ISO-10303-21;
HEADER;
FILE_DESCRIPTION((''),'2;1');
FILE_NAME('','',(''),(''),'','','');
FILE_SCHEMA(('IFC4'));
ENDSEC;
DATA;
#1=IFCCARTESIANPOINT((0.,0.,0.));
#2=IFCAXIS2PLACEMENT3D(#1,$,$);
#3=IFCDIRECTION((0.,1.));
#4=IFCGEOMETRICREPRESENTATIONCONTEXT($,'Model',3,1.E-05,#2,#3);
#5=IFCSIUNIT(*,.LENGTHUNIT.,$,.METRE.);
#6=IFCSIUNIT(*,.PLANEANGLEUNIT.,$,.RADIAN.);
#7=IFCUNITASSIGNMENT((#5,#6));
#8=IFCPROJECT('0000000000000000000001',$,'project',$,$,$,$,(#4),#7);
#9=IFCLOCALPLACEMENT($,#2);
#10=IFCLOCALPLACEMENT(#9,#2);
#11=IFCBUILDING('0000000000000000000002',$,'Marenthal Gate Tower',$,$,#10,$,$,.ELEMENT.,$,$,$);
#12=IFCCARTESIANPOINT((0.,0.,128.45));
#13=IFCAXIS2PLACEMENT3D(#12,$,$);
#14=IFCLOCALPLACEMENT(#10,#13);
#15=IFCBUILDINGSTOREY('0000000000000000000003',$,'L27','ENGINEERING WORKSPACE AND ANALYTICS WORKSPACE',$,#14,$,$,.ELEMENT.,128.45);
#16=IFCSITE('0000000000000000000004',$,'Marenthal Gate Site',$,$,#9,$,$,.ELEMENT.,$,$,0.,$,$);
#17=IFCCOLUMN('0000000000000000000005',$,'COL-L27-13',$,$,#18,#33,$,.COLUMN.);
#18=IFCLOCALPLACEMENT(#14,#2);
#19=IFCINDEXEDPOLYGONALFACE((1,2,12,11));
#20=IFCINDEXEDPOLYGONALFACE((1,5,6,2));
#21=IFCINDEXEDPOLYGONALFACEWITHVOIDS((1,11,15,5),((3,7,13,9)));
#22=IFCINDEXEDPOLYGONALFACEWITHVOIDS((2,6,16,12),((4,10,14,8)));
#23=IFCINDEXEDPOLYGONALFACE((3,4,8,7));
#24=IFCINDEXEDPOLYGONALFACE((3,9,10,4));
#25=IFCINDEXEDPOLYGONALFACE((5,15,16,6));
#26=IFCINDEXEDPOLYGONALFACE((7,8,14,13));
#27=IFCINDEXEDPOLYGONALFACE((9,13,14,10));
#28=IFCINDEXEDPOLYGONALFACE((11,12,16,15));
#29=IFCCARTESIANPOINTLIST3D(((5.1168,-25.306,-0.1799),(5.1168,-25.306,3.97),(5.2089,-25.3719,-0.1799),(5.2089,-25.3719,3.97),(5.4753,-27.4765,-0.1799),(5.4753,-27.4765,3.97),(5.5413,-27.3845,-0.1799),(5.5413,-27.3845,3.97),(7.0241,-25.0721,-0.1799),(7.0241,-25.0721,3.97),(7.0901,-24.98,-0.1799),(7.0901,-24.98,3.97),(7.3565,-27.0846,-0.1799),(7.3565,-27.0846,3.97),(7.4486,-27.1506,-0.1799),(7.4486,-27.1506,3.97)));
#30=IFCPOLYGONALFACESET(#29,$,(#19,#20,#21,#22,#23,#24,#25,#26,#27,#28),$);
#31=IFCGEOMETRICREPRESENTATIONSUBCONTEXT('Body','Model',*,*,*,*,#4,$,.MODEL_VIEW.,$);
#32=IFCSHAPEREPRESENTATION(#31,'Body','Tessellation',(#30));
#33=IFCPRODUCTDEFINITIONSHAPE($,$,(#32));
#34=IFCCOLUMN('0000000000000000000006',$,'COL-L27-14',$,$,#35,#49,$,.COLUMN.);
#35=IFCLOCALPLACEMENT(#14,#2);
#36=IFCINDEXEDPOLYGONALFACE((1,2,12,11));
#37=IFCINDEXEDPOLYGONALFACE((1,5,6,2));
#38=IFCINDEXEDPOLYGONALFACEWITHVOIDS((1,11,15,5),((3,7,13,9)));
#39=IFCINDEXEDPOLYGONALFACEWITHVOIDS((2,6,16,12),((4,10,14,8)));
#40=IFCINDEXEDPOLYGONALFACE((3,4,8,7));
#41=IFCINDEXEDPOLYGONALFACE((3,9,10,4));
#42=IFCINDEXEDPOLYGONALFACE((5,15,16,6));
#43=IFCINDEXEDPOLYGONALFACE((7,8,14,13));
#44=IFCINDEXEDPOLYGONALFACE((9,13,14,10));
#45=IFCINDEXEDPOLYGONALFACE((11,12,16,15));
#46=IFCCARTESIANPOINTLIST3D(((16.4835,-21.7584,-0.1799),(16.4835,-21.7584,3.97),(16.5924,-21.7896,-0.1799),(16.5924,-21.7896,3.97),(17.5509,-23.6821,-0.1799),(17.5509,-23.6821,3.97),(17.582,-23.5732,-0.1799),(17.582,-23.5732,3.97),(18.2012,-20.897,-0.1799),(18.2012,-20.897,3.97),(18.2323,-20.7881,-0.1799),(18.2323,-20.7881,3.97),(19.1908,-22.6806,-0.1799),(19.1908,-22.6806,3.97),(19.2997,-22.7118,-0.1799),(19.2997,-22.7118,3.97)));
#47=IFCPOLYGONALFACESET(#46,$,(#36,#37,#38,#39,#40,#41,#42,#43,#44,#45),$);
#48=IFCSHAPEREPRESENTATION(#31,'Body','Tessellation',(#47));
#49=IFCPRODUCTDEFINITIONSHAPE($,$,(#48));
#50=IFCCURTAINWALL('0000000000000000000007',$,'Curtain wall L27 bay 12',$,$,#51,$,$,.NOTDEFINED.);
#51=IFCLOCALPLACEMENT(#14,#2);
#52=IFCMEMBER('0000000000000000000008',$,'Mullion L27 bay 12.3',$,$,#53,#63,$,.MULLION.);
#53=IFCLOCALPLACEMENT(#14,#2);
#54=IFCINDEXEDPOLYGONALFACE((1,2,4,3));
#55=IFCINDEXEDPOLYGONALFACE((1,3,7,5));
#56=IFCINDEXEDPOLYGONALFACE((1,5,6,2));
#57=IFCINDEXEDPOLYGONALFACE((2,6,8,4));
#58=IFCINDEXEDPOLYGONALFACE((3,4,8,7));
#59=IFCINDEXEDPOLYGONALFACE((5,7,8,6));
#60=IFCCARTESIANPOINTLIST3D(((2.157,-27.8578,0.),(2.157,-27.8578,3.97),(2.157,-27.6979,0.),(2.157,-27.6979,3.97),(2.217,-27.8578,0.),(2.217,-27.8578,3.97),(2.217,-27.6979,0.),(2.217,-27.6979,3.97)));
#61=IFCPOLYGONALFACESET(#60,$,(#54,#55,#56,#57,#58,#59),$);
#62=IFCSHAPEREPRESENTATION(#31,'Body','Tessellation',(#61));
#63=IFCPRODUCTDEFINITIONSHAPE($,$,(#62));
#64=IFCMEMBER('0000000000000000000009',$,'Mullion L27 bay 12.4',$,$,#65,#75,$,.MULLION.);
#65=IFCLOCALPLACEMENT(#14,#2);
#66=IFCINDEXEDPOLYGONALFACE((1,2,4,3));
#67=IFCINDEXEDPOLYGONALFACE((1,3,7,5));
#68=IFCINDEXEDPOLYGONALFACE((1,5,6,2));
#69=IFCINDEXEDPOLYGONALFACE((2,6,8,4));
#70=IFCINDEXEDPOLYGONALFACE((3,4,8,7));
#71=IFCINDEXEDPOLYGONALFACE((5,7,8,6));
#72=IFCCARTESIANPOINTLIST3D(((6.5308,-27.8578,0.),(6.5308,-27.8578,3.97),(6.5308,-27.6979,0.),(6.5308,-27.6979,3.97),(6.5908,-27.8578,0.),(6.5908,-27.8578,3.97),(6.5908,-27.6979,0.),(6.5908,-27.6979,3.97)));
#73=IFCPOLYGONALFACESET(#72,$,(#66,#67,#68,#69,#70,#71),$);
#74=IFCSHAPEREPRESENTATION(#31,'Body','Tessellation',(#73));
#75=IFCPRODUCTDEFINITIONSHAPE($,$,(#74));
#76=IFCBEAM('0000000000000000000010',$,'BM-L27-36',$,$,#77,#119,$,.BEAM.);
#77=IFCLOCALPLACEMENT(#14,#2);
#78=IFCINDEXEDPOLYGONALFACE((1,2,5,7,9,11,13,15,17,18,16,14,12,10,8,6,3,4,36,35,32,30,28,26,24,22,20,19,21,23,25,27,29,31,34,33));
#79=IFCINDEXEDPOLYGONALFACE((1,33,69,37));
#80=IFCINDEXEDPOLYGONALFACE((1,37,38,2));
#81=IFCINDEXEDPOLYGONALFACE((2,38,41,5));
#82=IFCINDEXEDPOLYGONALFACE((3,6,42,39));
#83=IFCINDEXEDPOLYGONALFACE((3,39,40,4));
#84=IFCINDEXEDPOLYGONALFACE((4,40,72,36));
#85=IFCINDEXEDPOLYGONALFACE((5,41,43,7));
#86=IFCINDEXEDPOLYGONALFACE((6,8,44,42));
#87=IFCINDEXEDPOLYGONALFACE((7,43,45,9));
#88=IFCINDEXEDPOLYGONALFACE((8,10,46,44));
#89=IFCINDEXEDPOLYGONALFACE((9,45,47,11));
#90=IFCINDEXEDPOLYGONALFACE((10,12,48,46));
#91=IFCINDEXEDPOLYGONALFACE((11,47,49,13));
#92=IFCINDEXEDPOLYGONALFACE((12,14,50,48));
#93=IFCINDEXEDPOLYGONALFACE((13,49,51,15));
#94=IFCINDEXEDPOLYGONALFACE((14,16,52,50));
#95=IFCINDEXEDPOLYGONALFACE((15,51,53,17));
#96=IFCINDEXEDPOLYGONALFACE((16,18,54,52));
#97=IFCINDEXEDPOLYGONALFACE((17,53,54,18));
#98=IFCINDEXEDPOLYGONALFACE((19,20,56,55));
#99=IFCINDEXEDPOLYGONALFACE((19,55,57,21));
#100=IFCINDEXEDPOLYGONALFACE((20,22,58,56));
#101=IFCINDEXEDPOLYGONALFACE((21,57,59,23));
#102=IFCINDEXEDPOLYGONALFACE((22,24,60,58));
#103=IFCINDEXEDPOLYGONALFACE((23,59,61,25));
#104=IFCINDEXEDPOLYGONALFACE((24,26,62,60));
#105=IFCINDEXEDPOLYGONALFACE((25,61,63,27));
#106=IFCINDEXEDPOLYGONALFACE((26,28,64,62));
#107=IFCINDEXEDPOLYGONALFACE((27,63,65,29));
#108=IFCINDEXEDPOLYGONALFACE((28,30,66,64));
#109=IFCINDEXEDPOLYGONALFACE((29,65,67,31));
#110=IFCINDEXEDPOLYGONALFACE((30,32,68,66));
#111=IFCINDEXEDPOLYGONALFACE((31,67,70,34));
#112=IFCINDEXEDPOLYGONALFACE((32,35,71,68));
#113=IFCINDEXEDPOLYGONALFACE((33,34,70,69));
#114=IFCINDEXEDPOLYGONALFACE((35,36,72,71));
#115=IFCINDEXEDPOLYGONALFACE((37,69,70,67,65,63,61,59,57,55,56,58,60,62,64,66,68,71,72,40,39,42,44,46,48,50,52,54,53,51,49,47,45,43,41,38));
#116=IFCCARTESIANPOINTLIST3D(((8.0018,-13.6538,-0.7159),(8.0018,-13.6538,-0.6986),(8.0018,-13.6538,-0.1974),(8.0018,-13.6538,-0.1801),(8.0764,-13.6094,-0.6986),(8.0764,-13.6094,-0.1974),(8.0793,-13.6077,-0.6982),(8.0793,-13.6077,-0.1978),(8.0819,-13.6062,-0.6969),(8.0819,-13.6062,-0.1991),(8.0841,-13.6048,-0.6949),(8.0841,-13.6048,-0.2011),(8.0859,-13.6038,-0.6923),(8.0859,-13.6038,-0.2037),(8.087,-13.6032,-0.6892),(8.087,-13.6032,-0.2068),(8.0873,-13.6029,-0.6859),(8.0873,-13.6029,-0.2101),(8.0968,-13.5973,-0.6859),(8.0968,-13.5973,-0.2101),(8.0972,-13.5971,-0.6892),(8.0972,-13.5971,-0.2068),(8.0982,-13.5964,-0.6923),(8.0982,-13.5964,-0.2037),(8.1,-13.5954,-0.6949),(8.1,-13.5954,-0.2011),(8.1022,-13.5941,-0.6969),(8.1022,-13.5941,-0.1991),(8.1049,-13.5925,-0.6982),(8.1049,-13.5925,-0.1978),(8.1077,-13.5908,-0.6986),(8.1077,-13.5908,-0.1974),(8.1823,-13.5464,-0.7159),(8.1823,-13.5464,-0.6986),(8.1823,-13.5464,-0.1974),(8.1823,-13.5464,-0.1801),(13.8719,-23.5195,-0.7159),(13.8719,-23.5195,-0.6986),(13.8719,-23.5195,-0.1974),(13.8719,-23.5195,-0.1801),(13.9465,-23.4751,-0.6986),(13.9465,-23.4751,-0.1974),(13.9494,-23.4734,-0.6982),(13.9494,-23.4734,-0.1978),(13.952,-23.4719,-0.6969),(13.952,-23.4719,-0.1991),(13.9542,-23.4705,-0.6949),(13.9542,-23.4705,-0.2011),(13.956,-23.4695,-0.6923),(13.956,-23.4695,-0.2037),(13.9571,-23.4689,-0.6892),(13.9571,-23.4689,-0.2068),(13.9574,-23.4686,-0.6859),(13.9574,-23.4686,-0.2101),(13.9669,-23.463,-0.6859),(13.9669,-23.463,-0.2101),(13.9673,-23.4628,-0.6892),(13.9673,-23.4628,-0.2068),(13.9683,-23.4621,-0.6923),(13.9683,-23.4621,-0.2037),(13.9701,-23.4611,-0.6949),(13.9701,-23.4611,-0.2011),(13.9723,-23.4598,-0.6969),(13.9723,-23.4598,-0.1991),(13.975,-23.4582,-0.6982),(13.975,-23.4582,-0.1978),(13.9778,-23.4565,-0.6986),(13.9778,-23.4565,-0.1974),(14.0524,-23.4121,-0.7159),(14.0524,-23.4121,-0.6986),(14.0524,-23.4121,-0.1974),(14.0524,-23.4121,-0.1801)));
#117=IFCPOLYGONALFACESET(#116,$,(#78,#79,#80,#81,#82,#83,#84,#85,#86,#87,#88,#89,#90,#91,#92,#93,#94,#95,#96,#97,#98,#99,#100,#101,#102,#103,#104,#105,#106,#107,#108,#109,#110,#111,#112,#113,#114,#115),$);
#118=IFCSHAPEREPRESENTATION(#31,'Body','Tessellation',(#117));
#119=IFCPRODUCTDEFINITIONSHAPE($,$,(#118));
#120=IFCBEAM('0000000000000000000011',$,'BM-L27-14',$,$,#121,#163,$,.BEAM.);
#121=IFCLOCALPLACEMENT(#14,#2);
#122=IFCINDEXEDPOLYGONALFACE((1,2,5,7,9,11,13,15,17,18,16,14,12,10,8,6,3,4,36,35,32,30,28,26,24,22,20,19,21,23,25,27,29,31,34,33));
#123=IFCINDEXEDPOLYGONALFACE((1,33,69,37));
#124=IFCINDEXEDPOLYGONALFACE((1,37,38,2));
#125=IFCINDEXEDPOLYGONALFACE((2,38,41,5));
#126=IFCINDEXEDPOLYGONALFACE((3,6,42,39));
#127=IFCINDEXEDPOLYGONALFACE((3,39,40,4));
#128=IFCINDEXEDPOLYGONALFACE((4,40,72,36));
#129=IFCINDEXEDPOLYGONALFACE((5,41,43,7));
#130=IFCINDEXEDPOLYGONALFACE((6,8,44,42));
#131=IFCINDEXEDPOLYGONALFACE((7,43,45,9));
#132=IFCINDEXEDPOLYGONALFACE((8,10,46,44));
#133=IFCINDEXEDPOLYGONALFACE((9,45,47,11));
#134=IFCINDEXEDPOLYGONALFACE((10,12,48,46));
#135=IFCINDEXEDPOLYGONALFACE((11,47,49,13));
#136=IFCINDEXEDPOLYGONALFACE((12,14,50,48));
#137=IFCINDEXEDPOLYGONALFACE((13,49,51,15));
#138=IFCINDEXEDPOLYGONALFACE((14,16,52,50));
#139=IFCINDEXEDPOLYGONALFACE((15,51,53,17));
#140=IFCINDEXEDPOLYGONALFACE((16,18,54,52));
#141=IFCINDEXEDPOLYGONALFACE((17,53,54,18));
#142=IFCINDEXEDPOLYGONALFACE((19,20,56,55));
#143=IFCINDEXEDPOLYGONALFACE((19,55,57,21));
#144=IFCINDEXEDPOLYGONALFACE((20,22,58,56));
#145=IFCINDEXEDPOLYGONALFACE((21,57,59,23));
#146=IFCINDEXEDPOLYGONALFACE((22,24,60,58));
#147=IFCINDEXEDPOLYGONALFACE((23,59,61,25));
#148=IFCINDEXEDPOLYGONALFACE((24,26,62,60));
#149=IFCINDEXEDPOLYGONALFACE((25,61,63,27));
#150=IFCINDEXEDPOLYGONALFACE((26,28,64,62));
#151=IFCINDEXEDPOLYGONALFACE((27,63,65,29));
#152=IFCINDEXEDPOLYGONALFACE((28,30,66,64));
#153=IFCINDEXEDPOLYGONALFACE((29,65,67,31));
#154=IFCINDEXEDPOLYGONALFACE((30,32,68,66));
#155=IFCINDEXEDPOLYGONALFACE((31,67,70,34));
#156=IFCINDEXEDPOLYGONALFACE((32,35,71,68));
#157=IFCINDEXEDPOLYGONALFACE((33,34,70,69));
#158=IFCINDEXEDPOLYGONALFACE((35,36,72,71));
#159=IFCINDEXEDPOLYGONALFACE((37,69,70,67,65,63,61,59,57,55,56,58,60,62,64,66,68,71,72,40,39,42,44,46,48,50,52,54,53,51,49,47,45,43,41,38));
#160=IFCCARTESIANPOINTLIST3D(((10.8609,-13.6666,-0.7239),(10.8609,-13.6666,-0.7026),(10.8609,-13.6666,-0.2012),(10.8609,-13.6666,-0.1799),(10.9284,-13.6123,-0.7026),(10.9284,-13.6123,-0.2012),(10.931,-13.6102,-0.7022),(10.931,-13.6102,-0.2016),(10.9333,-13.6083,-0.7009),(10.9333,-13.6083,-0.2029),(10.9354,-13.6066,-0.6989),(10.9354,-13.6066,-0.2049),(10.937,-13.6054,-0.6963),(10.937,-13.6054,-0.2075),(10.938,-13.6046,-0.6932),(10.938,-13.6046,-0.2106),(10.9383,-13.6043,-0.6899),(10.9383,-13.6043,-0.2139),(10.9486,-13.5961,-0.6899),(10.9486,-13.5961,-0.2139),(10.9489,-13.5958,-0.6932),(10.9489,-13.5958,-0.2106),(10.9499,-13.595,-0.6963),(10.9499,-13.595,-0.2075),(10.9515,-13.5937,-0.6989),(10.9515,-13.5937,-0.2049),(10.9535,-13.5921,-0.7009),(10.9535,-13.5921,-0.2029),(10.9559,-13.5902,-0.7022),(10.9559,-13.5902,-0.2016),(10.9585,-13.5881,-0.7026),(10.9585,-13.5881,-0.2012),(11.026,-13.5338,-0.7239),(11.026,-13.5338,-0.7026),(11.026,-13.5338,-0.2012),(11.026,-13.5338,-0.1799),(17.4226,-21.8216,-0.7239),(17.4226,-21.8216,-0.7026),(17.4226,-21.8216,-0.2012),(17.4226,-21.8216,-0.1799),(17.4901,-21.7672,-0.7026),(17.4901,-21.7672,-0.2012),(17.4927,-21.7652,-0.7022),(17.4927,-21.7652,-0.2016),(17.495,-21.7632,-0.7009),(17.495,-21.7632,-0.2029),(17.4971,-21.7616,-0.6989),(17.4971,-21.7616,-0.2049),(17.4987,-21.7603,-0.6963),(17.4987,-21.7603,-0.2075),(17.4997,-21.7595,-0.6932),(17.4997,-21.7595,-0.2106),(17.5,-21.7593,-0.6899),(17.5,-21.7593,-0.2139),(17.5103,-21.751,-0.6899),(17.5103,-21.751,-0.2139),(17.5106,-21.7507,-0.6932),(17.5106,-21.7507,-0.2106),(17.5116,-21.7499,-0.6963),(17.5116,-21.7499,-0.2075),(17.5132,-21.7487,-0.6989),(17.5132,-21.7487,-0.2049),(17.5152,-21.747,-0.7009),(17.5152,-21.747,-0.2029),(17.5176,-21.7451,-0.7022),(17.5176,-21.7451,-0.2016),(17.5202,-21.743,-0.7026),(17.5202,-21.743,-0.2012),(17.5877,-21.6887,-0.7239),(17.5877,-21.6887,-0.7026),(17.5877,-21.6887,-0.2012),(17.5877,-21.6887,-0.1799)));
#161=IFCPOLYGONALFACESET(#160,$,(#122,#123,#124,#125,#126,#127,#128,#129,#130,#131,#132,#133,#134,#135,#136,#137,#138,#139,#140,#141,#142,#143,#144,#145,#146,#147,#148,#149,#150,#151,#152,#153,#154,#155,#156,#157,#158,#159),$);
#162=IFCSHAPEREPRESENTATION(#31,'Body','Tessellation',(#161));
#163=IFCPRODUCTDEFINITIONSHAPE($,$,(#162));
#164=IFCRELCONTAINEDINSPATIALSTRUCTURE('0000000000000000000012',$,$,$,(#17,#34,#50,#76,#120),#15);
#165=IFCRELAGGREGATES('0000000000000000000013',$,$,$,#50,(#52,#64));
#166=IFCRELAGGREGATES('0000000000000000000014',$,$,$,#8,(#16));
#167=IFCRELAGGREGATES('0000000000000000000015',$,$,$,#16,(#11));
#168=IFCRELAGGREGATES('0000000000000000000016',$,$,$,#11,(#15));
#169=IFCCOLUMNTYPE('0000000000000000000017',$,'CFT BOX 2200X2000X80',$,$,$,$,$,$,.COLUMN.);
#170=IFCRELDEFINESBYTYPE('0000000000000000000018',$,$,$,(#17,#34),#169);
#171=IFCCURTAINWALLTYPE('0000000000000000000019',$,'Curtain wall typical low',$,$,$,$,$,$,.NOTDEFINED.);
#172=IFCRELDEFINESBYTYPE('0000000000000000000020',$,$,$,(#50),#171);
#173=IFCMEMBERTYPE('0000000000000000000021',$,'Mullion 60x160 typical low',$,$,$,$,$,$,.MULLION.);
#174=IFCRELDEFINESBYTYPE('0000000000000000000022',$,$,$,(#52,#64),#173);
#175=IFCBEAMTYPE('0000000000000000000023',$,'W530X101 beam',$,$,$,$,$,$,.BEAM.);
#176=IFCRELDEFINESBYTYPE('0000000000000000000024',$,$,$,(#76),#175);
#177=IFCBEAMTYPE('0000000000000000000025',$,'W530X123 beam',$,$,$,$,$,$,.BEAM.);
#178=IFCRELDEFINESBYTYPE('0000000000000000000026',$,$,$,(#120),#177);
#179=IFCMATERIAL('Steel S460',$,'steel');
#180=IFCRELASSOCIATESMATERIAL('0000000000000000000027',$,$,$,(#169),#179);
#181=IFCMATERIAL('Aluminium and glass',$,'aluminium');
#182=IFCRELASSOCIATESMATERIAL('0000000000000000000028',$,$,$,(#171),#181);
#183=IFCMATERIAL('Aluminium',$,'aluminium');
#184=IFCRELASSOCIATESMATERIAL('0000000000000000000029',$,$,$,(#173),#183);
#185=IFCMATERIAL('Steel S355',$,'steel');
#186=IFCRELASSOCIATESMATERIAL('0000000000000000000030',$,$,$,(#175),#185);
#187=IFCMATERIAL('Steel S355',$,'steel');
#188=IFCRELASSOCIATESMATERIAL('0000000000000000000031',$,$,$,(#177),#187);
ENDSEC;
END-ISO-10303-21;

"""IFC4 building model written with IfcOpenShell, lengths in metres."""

from ifc_helpers import new_model, si_unit, direction, frame, origin, origin_2d, place, context, subcontext, project, spatial, rectangle, hollow_rectangle, i_section, extrude, material, material_profile, profile_set, type_object, element, aggregate, save


model = new_model("IFC4")

# Units and contexts
model_context = context("Model", 3, precision=1e-05, world=origin(), true_north=direction((0.0, 1.0)))
body_context = subcontext(model_context, "Body", "Model", "MODEL_VIEW")
ifc_project = project(units=[si_unit("LENGTHUNIT", "METRE"), si_unit("PLANEANGLEUNIT", "RADIAN")], contexts=[model_context])

# Site, building, storey
site_placement = place(None, origin())
site = spatial("IfcSite", under=ifc_project, at=site_placement, Name="Marenthal Gate Site", CompositionType="ELEMENT", RefElevation=0.0)
building_placement = place(site_placement, origin())
building = spatial("IfcBuilding", under=site, at=building_placement, Name="Marenthal Gate Tower", CompositionType="ELEMENT")
storey_placement = place(building_placement, frame((0.0, 0.0, 128.45)))
storey = spatial("IfcBuildingStorey", under=building, at=storey_placement, Name="L27", Description="ENGINEERING WORKSPACE AND ANALYTICS WORKSPACE", CompositionType="ELEMENT", Elevation=128.45)

# Columns
ifc_material_1 = material(Name="Steel S460", Category="steel")
ifc_material_profile_1 = material_profile(ifc_material_1, hollow_rectangle(XDim=2.0, YDim=2.2, WallThickness=0.0801, at=origin_2d()), Name="CFT BOX 2200X2000X80")
ifc_material_2 = material(Name="Concrete 70 MPa", Category="concrete")
ifc_material_profile_2 = material_profile(ifc_material_2, rectangle(XDim=1.8401, YDim=2.04, at=origin_2d()), Name="CFT BOX 2200X2000X80 INFILL")
ifc_profile_set_1 = profile_set([ifc_material_profile_1, ifc_material_profile_2], Name="Steel S460 shell, Concrete 70 MPa infill")
column_type = type_object("IfcColumnType", Name="CFT BOX 2200X2000X80", PredefinedType="COLUMN", material=ifc_profile_set_1)
for number, where, z_axis, x_axis, name in (
    (1, (6.2827, -26.2283, -0.1799), (0.0, 0.0, 1.0), (-0.986631, -0.162968, 0.0), "COL-L27-13"),
    (2, (17.8916, -22.2351, -0.1799), (0.0, 0.0, 1.0), (-0.874418, -0.485173, 0.0), "COL-L27-14"),
):
    element("IfcColumn", number, at=place(storey_placement, frame(where, z_axis=z_axis, x_axis=x_axis)), inside=storey, type_object=column_type, Name=name, PredefinedType="COLUMN", context=body_context, shape_type="SweptSolid", body=[
        extrude(hollow_rectangle(XDim=2.0, YDim=2.2, WallThickness=0.0801, at=origin_2d()), origin(), (0.0, 0.0, 1.0), 4.1499),
    ])

# Curtain wall, members
ifc_material_3 = material(Name="Aluminium and glass", Category="aluminium")
curtain_wall_type = type_object("IfcCurtainWallType", Name="Curtain wall typical low", PredefinedType="NOTDEFINED", material=ifc_material_3)
curtain_wall_placement = place(storey_placement, origin())
curtain_wall = element("IfcCurtainWall", 3, at=curtain_wall_placement, inside=storey, type_object=curtain_wall_type, Name="Curtain wall L27 bay 12", PredefinedType="NOTDEFINED")
ifc_material_4 = material(Name="Aluminium", Category="aluminium")
ifc_material_profile_3 = material_profile(ifc_material_4, rectangle(XDim=0.1599, YDim=0.0601, at=origin_2d()), Name="60x160 aluminium mullion")
ifc_profile_set_2 = profile_set([ifc_material_profile_3], Name="Aluminium")
member_type = type_object("IfcMemberType", Name="Mullion 60x160 typical low", PredefinedType="MULLION", material=ifc_profile_set_2)
member_1_placement = place(storey_placement, frame((2.187, -27.7778, 0.0), z_axis=(0.0, 0.0, 1.0), x_axis=(0.0, 1.0, 0.0)))
member_1 = element("IfcMember", 4, at=member_1_placement, type_object=member_type, Name="Mullion L27 bay 12.3", PredefinedType="MULLION", context=body_context, shape_type="SweptSolid", body=[
    extrude(rectangle(XDim=0.1599, YDim=0.0601, at=origin_2d()), origin(), (0.0, 0.0, 1.0), 3.97),
])
member_2_placement = place(storey_placement, frame((6.5608, -27.7778, 0.0), z_axis=(0.0, 0.0, 1.0), x_axis=(0.0, 1.0, 0.0)))
member_2 = element("IfcMember", 5, at=member_2_placement, type_object=member_type, Name="Mullion L27 bay 12.4", PredefinedType="MULLION", context=body_context, shape_type="SweptSolid", body=[
    extrude(rectangle(XDim=0.1599, YDim=0.0601, at=origin_2d()), origin(), (0.0, 0.0, 1.0), 3.97),
])

# Beams
ifc_material_5 = material(Name="Steel S355", Category="steel")
ifc_material_profile_4 = material_profile(ifc_material_5, i_section(OverallWidth=0.21, OverallDepth=0.5359, WebThickness=0.011, FlangeThickness=0.0173, FilletRadius=0.0127, at=origin_2d()), Name="W530X101")
ifc_profile_set_3 = profile_set([ifc_material_profile_4], Name="Steel S355")
beam_type_1 = type_object("IfcBeamType", Name="W530X101 beam", PredefinedType="BEAM", material=ifc_profile_set_3)
beam_1_placement = place(storey_placement, frame((13.9622, -23.4658, -0.448), z_axis=(-0.511334, 0.859382, 0.0), x_axis=(-0.859382, -0.511334, 0.0)))
element("IfcBeam", 6, at=beam_1_placement, inside=storey, type_object=beam_type_1, Name="BM-L27-36", PredefinedType="BEAM", context=body_context, shape_type="SweptSolid", body=[
    extrude(i_section(OverallWidth=0.21, OverallDepth=0.5359, WebThickness=0.011, FlangeThickness=0.0173, FilletRadius=0.0127, at=origin_2d()), origin(), (0.0, 0.0, 1.0), 11.48),
])
ifc_material_6 = material(Name="Steel S355", Category="steel")
ifc_material_profile_5 = material_profile(ifc_material_6, i_section(OverallWidth=0.2119, OverallDepth=0.5439, WebThickness=0.0132, FlangeThickness=0.0212, FilletRadius=0.0127, at=origin_2d()), Name="W530X123")
ifc_profile_set_4 = profile_set([ifc_material_profile_5], Name="Steel S355")
beam_type_2 = type_object("IfcBeamType", Name="W530X123 beam", PredefinedType="BEAM", material=ifc_profile_set_4)
beam_2_placement = place(storey_placement, frame((17.5051, -21.7551, -0.4519), z_axis=(-0.626891, 0.779107, 0.0), x_axis=(-0.779107, -0.626891, 0.0)))
element("IfcBeam", 7, at=beam_2_placement, inside=storey, type_object=beam_type_2, Name="BM-L27-14", PredefinedType="BEAM", context=body_context, shape_type="SweptSolid", body=[
    extrude(i_section(OverallWidth=0.2119, OverallDepth=0.5439, WebThickness=0.0132, FlangeThickness=0.0212, FilletRadius=0.0127, at=origin_2d()), origin(), (0.0, 0.0, 1.0), 10.467),
])

aggregate(curtain_wall, [member_1, member_2])

save(model, "model.ifc")
